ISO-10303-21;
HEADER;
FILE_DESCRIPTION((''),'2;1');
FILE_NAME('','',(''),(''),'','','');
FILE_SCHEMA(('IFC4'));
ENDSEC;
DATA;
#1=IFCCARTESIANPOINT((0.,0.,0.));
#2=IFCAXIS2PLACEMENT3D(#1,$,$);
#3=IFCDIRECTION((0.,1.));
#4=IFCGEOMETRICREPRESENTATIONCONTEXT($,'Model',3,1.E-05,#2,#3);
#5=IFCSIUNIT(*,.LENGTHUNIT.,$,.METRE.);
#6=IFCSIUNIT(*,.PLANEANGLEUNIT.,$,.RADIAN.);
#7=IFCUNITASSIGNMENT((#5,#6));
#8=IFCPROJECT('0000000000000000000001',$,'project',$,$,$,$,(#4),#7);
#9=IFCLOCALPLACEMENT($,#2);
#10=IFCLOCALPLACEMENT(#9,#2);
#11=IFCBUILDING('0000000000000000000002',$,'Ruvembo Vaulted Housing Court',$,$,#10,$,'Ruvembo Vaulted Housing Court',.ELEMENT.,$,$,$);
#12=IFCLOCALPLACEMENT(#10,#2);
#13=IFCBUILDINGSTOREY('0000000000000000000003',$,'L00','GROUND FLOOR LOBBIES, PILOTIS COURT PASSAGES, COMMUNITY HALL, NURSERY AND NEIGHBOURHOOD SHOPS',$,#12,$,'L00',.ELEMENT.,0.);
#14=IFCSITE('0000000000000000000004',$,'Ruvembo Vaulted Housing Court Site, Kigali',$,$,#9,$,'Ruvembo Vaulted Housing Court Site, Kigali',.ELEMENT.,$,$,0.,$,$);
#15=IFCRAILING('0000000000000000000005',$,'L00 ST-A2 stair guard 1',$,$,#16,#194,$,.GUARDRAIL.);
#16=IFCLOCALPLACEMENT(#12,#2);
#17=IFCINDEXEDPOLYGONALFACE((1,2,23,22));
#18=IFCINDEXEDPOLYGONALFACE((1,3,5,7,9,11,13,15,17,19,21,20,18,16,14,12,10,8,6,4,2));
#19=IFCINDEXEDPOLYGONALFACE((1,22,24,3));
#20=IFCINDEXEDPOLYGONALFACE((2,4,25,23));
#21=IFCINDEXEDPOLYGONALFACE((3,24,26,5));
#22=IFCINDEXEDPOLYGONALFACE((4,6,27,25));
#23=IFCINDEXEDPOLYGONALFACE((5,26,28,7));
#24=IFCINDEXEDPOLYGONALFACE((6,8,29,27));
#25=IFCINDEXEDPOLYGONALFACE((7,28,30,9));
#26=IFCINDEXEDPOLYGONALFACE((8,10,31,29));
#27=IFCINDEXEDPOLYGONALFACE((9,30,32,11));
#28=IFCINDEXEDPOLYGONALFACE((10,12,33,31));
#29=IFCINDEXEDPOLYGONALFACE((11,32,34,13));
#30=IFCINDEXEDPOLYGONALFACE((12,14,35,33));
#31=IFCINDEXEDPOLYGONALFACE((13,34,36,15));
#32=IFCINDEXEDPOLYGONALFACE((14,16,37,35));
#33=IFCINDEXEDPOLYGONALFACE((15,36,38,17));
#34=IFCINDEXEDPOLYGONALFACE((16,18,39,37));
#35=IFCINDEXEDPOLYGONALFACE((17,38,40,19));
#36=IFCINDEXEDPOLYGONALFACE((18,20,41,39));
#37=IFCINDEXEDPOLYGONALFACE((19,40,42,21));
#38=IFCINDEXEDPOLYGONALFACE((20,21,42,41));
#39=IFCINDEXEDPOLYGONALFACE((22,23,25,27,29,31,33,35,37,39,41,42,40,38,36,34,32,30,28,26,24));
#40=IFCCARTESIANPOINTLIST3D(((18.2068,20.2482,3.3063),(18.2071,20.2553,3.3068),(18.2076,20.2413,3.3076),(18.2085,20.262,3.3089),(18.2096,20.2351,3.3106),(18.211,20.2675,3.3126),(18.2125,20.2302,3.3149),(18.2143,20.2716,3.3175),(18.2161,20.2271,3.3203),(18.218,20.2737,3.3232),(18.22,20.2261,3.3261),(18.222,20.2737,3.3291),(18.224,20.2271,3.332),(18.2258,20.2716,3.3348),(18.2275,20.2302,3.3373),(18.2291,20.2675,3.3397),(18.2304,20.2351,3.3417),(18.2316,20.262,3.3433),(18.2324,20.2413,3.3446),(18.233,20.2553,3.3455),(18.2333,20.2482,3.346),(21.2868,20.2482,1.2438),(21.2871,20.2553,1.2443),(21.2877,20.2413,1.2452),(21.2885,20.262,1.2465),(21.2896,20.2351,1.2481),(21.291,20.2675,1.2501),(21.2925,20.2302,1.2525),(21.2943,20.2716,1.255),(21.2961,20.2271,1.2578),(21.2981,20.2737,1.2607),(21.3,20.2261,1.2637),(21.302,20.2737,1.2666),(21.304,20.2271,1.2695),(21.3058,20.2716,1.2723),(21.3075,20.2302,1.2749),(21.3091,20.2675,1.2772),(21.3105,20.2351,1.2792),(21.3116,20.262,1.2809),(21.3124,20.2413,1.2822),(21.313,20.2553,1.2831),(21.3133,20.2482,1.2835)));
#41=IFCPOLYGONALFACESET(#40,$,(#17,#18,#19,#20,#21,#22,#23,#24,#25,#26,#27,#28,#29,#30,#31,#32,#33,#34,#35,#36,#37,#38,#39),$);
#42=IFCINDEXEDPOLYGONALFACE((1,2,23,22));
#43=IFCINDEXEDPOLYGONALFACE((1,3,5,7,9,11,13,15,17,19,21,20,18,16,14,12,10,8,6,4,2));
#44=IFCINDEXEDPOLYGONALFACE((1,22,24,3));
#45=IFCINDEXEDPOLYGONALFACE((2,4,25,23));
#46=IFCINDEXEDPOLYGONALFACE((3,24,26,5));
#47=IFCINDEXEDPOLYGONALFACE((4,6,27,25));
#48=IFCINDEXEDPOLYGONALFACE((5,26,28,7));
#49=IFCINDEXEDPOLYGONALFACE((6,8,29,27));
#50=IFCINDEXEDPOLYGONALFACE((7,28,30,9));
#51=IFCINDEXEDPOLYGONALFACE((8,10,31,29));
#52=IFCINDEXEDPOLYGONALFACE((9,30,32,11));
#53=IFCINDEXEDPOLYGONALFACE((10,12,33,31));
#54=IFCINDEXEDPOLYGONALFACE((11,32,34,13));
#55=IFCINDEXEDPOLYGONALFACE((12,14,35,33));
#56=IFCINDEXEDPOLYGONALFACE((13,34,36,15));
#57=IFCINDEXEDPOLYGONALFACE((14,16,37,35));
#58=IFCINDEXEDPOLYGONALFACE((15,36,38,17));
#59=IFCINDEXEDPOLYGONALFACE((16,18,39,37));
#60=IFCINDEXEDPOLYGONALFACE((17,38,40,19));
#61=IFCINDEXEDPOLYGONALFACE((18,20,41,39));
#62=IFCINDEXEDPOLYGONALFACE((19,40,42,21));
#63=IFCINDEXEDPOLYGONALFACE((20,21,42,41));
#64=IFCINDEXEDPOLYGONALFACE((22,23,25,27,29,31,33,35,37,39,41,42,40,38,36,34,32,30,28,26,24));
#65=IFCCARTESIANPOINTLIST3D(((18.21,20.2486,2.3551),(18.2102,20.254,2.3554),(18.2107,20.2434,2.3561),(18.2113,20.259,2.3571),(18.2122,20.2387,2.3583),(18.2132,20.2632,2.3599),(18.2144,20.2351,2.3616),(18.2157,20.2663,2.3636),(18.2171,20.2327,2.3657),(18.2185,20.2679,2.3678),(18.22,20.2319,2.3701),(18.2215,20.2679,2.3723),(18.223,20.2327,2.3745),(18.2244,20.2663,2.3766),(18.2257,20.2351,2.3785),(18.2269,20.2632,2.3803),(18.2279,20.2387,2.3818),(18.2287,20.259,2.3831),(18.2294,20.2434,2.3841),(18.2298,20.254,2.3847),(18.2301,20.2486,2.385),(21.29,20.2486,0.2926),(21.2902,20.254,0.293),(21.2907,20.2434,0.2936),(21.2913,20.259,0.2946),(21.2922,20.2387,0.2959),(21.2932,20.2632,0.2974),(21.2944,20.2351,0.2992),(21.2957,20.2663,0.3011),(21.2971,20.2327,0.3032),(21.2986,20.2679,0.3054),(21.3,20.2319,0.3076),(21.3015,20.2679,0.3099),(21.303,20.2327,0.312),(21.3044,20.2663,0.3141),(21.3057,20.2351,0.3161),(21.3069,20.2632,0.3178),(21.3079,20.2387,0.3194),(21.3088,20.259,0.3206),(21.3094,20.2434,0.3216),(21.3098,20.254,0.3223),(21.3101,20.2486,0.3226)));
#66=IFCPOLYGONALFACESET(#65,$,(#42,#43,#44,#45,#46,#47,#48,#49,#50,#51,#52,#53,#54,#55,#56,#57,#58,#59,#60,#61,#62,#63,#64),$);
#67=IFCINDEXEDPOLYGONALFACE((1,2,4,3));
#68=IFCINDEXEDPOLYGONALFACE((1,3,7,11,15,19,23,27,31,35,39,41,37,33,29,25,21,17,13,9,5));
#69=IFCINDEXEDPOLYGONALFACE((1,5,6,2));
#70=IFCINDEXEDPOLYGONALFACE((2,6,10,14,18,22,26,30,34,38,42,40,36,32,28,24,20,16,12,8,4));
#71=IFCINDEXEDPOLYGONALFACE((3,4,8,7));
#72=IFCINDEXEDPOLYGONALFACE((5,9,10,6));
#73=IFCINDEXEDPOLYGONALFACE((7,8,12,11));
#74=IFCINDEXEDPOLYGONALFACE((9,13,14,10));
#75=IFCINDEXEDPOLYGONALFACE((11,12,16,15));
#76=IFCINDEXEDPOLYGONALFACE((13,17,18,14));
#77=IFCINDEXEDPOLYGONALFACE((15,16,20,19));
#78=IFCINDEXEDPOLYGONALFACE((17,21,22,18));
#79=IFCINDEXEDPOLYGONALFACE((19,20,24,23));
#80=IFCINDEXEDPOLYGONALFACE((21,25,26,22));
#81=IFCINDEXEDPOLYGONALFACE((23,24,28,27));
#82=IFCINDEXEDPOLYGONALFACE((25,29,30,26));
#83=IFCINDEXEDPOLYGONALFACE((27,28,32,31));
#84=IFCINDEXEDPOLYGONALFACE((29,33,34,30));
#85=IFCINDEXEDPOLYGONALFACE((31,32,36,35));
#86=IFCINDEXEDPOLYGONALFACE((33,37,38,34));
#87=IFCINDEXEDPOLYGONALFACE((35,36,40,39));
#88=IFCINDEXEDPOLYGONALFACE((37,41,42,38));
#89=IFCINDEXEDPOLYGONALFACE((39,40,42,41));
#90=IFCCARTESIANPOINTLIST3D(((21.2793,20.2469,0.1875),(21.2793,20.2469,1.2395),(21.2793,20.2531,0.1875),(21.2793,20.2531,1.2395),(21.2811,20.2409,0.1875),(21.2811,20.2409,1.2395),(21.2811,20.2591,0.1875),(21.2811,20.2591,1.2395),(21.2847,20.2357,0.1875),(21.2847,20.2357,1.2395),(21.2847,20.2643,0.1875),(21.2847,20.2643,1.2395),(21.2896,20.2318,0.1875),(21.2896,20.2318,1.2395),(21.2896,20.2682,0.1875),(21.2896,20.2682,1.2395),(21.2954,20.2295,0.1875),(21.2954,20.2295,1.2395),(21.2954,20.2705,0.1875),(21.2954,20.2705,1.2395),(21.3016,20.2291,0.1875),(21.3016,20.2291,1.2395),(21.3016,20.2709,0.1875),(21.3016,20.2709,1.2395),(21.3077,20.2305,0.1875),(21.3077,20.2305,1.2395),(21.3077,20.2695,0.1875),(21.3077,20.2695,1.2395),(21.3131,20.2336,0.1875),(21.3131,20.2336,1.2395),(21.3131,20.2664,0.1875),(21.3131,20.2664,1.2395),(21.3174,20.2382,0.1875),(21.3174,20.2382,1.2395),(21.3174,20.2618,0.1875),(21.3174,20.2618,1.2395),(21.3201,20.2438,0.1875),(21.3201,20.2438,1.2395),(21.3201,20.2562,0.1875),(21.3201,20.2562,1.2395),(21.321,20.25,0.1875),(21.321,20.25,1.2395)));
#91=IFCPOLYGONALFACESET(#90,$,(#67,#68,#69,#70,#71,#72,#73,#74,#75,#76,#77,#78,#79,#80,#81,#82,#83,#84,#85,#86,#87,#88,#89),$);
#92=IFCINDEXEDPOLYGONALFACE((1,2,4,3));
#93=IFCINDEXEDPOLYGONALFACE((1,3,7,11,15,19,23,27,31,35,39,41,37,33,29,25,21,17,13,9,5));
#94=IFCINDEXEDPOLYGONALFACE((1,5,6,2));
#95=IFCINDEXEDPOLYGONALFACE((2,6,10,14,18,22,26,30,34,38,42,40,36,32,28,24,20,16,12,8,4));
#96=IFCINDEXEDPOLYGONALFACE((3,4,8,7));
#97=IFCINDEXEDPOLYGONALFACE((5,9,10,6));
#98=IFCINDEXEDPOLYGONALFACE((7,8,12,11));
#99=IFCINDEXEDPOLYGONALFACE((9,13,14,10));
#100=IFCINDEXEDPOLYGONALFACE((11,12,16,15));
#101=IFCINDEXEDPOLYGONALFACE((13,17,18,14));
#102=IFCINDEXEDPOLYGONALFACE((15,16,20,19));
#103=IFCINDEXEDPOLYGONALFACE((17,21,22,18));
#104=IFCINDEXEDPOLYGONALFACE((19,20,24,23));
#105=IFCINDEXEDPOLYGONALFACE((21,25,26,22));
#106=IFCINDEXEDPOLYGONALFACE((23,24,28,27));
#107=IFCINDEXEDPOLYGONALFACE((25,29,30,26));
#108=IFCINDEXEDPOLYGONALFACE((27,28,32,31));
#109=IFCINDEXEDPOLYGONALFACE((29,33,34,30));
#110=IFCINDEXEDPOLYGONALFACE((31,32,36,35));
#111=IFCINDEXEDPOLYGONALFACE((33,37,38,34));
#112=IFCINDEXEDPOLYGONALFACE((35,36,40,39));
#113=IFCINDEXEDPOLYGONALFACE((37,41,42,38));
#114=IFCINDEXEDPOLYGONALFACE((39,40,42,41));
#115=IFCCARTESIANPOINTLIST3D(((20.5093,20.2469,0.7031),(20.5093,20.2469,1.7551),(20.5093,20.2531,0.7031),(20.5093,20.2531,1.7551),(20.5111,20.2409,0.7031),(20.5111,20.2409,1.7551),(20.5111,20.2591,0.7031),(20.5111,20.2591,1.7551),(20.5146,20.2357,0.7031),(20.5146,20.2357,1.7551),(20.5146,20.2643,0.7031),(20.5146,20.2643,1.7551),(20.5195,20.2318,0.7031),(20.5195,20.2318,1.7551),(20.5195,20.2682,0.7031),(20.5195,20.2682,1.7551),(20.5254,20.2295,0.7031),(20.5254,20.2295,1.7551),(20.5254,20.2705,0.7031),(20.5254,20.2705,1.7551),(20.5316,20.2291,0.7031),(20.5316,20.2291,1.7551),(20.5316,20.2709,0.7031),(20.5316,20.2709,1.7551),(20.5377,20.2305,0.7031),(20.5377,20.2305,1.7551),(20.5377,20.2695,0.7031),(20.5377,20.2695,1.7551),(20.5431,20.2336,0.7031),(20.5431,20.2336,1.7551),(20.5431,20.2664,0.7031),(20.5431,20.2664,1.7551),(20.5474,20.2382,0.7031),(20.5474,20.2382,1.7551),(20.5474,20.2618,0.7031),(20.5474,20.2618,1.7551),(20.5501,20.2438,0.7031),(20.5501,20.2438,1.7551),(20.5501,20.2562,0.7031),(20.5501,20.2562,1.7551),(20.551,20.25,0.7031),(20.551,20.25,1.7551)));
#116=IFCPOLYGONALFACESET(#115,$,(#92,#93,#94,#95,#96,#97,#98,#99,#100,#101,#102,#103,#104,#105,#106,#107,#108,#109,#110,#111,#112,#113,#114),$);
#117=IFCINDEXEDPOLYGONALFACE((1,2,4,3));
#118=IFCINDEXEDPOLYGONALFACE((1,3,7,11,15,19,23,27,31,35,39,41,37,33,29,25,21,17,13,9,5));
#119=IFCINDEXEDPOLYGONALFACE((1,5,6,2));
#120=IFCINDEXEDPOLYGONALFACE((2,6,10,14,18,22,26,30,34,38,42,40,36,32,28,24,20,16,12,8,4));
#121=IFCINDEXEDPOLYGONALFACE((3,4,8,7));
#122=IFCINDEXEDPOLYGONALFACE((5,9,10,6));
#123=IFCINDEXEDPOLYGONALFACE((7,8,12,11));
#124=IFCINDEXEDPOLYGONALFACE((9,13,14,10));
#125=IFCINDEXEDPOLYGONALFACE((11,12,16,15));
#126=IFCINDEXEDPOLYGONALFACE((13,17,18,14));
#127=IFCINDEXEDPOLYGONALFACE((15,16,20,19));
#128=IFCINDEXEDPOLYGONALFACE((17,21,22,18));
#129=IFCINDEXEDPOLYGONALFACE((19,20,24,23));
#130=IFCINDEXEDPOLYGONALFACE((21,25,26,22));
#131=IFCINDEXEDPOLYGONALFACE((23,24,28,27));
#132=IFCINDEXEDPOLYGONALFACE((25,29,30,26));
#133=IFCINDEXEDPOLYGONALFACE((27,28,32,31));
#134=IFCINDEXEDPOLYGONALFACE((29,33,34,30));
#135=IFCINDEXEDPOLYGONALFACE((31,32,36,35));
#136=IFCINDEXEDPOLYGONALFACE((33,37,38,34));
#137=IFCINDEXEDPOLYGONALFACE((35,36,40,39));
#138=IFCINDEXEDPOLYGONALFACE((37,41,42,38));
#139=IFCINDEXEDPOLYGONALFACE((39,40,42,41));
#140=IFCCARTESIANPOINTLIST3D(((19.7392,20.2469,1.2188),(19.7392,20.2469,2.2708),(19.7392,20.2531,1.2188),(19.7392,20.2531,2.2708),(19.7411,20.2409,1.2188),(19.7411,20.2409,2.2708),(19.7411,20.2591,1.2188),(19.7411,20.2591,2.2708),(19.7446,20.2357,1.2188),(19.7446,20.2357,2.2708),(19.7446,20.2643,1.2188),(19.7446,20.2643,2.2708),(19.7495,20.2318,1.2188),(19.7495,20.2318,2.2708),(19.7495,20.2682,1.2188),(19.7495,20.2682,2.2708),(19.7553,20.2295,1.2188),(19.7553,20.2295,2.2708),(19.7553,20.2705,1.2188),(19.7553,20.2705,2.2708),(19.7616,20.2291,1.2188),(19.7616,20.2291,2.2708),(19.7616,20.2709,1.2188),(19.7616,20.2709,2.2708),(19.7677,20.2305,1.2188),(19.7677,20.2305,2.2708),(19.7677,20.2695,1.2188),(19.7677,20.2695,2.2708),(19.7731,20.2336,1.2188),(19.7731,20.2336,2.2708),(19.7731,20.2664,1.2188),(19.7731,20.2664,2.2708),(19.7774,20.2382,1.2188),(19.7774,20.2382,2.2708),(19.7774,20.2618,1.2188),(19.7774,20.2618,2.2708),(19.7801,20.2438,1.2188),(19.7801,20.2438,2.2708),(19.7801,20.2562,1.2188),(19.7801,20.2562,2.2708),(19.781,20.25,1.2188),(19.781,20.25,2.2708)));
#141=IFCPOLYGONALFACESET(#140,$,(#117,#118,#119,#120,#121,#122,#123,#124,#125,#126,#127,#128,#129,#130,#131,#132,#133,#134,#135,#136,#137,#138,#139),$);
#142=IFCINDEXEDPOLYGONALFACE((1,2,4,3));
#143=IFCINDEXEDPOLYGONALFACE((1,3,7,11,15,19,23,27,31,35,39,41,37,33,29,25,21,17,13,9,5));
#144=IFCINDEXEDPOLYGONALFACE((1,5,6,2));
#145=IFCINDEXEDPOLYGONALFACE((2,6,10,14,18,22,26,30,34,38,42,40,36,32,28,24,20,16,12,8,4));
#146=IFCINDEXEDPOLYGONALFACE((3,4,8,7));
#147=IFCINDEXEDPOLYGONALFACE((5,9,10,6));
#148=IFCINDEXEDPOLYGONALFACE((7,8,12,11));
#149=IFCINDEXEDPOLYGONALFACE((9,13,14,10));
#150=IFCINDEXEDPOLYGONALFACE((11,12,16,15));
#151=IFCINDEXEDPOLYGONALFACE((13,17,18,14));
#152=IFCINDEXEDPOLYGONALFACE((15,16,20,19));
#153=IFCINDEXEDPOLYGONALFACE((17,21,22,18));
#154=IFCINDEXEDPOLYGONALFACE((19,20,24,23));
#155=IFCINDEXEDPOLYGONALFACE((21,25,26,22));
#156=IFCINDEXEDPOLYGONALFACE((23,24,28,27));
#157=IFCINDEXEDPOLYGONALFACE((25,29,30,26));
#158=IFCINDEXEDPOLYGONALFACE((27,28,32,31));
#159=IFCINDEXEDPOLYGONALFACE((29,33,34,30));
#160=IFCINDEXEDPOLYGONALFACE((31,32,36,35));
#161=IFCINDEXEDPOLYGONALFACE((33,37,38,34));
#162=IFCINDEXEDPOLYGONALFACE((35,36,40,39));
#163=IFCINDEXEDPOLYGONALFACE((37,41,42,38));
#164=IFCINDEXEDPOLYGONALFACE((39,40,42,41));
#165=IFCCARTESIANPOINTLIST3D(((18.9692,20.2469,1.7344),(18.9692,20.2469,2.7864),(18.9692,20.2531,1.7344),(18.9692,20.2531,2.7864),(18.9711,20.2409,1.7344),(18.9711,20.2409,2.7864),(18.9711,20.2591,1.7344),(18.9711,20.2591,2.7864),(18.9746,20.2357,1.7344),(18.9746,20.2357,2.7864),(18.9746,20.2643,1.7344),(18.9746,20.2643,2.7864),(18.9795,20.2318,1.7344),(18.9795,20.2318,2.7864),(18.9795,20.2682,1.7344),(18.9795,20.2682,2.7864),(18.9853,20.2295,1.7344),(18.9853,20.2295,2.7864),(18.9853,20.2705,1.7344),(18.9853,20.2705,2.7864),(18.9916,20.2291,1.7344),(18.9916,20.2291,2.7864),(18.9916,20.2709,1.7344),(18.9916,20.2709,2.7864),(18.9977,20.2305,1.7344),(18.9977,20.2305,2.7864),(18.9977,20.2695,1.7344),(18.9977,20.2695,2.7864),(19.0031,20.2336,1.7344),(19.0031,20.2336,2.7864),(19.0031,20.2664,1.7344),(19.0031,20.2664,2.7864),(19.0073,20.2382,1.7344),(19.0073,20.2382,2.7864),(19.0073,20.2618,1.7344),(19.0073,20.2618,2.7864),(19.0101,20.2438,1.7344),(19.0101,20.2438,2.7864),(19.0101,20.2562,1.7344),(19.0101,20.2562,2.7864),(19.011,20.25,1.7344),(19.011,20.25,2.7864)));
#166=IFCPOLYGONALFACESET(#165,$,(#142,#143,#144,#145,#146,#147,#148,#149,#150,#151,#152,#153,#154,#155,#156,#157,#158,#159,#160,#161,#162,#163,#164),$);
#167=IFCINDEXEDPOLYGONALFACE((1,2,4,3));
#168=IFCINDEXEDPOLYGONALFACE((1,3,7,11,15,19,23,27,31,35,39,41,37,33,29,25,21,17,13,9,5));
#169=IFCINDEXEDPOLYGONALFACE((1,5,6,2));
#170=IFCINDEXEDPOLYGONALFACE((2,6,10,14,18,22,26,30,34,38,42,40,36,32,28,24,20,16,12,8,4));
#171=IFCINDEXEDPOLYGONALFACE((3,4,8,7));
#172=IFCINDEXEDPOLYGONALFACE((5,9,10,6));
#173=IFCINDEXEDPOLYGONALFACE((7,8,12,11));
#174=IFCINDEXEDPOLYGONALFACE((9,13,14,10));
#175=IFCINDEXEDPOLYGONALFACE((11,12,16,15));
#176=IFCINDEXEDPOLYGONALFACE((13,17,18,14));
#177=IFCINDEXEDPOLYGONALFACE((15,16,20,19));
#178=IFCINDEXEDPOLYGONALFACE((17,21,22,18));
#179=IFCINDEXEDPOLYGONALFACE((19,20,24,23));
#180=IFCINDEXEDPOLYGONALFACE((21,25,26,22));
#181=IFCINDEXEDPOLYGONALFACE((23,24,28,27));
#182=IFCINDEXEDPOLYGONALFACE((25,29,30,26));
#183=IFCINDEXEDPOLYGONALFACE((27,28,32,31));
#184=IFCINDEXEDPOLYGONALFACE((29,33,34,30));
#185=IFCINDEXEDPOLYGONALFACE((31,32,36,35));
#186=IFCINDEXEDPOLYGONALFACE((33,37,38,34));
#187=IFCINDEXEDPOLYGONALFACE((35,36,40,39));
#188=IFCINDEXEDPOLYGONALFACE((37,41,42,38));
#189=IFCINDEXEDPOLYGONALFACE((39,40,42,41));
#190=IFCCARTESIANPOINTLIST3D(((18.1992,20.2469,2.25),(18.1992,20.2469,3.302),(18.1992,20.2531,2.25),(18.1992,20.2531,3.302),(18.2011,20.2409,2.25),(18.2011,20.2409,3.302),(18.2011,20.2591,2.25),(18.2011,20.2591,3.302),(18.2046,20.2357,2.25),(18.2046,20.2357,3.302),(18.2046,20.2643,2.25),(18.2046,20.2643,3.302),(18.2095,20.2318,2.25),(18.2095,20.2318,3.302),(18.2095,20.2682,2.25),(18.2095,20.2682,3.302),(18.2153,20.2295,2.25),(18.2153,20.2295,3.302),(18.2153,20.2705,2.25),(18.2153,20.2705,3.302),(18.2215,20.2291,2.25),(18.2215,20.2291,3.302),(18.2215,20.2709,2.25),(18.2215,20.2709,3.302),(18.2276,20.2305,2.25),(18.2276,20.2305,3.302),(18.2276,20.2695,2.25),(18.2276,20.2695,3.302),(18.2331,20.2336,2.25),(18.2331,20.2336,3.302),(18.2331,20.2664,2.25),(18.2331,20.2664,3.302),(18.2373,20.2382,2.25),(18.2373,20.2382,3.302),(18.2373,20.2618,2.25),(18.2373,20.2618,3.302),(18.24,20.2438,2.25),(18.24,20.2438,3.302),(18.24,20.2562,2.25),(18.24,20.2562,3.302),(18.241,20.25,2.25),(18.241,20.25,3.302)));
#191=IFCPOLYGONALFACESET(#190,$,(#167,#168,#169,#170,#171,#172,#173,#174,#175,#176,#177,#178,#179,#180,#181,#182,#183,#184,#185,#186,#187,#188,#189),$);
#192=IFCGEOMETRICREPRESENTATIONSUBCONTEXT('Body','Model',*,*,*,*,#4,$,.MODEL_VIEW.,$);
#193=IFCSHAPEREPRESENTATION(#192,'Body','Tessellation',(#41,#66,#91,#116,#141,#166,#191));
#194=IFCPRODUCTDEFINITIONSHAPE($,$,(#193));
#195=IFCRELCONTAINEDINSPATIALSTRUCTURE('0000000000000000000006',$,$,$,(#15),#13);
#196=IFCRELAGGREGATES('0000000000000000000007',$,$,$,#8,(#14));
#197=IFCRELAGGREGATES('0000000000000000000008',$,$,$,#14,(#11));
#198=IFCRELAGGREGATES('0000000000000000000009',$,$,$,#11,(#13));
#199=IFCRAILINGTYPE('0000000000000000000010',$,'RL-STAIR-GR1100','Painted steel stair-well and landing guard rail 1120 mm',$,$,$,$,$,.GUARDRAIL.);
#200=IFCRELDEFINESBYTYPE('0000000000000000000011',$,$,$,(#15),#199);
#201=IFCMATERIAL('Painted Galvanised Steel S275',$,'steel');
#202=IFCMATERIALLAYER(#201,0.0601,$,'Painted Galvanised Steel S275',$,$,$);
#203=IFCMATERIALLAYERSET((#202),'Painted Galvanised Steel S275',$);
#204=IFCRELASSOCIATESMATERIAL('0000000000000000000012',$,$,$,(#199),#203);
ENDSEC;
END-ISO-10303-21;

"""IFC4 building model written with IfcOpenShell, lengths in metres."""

from ifc_helpers import new_model, si_unit, direction, frame, origin, origin_2d, place, context, subcontext, project, spatial, circle, extrude, material, layer, layer_set, type_object, element, save


model = new_model("IFC4")

# Units and contexts
model_context = context("Model", 3, precision=1e-05, world=origin(), true_north=direction((0.0, 1.0)))
body_context = subcontext(model_context, "Body", "Model", "MODEL_VIEW")
ifc_project = project(units=[si_unit("LENGTHUNIT", "METRE"), si_unit("PLANEANGLEUNIT", "RADIAN")], contexts=[model_context])

# Site, building, storey
site_placement = place(None, origin())
site = spatial("IfcSite", under=ifc_project, at=site_placement, Name="Ruvembo Vaulted Housing Court Site, Kigali", LongName="Ruvembo Vaulted Housing Court Site, Kigali", CompositionType="ELEMENT", RefElevation=0.0)
building_placement = place(site_placement, origin())
building = spatial("IfcBuilding", under=site, at=building_placement, Name="Ruvembo Vaulted Housing Court", LongName="Ruvembo Vaulted Housing Court", CompositionType="ELEMENT")
storey_placement = place(building_placement, origin())
storey = spatial("IfcBuildingStorey", under=building, at=storey_placement, Name="L00", Description="GROUND FLOOR LOBBIES, PILOTIS COURT PASSAGES, COMMUNITY HALL, NURSERY AND NEIGHBOURHOOD SHOPS", LongName="L00", CompositionType="ELEMENT", Elevation=0.0)

# Railing
ifc_material_1 = material(Name="Painted Galvanised Steel S275", Category="steel")
ifc_layer_1 = layer(ifc_material_1, 0.0601, Name="Painted Galvanised Steel S275")
ifc_layer_set_1 = layer_set([ifc_layer_1], Name="Painted Galvanised Steel S275")
railing_type_1 = type_object("IfcRailingType", Name="RL-STAIR-GR1100", Description="Painted steel stair-well and landing guard rail 1120 mm", PredefinedType="GUARDRAIL", material=ifc_layer_set_1)
railing_1_placement = place(storey_placement, frame((21.3, 20.25, 0.1875)))
element("IfcRailing", 1, at=railing_1_placement, inside=storey, type_object=railing_type_1, Name="L00 ST-A2 stair guard 1", PredefinedType="GUARDRAIL", context=body_context, shape_type="SweptSolid", body=[
    extrude(circle(Radius=0.0239, at=origin_2d()), frame((0.0, 0.0, 1.0762), z_axis=(-0.830914, 0.0, 0.556401), x_axis=(0.0, -1.0, 0.0)), (0.0, 0.0, 1.0), 3.7068),
    extrude(circle(Radius=0.0181, at=origin_2d()), frame((0.0, 0.0, 0.1201), z_axis=(-0.830914, 0.0, 0.556401), x_axis=(0.0, -1.0, 0.0)), (0.0, 0.0, 1.0), 3.7068),
    extrude(circle(Radius=0.021, at=origin_2d()), origin(), (0.0, 0.0, 1.0), 1.052),
    extrude(circle(Radius=0.021, at=origin_2d()), frame((-0.77, 0.0, 0.5156)), (0.0, 0.0, 1.0), 1.052),
    extrude(circle(Radius=0.021, at=origin_2d()), frame((-1.54, 0.0, 1.0312)), (0.0, 0.0, 1.0), 1.052),
    extrude(circle(Radius=0.021, at=origin_2d()), frame((-2.3101, 0.0, 1.5469)), (0.0, 0.0, 1.0), 1.052),
    extrude(circle(Radius=0.021, at=origin_2d()), frame((-3.0801, 0.0, 2.0625)), (0.0, 0.0, 1.0), 1.052),
])

save(model, "model.ifc")
